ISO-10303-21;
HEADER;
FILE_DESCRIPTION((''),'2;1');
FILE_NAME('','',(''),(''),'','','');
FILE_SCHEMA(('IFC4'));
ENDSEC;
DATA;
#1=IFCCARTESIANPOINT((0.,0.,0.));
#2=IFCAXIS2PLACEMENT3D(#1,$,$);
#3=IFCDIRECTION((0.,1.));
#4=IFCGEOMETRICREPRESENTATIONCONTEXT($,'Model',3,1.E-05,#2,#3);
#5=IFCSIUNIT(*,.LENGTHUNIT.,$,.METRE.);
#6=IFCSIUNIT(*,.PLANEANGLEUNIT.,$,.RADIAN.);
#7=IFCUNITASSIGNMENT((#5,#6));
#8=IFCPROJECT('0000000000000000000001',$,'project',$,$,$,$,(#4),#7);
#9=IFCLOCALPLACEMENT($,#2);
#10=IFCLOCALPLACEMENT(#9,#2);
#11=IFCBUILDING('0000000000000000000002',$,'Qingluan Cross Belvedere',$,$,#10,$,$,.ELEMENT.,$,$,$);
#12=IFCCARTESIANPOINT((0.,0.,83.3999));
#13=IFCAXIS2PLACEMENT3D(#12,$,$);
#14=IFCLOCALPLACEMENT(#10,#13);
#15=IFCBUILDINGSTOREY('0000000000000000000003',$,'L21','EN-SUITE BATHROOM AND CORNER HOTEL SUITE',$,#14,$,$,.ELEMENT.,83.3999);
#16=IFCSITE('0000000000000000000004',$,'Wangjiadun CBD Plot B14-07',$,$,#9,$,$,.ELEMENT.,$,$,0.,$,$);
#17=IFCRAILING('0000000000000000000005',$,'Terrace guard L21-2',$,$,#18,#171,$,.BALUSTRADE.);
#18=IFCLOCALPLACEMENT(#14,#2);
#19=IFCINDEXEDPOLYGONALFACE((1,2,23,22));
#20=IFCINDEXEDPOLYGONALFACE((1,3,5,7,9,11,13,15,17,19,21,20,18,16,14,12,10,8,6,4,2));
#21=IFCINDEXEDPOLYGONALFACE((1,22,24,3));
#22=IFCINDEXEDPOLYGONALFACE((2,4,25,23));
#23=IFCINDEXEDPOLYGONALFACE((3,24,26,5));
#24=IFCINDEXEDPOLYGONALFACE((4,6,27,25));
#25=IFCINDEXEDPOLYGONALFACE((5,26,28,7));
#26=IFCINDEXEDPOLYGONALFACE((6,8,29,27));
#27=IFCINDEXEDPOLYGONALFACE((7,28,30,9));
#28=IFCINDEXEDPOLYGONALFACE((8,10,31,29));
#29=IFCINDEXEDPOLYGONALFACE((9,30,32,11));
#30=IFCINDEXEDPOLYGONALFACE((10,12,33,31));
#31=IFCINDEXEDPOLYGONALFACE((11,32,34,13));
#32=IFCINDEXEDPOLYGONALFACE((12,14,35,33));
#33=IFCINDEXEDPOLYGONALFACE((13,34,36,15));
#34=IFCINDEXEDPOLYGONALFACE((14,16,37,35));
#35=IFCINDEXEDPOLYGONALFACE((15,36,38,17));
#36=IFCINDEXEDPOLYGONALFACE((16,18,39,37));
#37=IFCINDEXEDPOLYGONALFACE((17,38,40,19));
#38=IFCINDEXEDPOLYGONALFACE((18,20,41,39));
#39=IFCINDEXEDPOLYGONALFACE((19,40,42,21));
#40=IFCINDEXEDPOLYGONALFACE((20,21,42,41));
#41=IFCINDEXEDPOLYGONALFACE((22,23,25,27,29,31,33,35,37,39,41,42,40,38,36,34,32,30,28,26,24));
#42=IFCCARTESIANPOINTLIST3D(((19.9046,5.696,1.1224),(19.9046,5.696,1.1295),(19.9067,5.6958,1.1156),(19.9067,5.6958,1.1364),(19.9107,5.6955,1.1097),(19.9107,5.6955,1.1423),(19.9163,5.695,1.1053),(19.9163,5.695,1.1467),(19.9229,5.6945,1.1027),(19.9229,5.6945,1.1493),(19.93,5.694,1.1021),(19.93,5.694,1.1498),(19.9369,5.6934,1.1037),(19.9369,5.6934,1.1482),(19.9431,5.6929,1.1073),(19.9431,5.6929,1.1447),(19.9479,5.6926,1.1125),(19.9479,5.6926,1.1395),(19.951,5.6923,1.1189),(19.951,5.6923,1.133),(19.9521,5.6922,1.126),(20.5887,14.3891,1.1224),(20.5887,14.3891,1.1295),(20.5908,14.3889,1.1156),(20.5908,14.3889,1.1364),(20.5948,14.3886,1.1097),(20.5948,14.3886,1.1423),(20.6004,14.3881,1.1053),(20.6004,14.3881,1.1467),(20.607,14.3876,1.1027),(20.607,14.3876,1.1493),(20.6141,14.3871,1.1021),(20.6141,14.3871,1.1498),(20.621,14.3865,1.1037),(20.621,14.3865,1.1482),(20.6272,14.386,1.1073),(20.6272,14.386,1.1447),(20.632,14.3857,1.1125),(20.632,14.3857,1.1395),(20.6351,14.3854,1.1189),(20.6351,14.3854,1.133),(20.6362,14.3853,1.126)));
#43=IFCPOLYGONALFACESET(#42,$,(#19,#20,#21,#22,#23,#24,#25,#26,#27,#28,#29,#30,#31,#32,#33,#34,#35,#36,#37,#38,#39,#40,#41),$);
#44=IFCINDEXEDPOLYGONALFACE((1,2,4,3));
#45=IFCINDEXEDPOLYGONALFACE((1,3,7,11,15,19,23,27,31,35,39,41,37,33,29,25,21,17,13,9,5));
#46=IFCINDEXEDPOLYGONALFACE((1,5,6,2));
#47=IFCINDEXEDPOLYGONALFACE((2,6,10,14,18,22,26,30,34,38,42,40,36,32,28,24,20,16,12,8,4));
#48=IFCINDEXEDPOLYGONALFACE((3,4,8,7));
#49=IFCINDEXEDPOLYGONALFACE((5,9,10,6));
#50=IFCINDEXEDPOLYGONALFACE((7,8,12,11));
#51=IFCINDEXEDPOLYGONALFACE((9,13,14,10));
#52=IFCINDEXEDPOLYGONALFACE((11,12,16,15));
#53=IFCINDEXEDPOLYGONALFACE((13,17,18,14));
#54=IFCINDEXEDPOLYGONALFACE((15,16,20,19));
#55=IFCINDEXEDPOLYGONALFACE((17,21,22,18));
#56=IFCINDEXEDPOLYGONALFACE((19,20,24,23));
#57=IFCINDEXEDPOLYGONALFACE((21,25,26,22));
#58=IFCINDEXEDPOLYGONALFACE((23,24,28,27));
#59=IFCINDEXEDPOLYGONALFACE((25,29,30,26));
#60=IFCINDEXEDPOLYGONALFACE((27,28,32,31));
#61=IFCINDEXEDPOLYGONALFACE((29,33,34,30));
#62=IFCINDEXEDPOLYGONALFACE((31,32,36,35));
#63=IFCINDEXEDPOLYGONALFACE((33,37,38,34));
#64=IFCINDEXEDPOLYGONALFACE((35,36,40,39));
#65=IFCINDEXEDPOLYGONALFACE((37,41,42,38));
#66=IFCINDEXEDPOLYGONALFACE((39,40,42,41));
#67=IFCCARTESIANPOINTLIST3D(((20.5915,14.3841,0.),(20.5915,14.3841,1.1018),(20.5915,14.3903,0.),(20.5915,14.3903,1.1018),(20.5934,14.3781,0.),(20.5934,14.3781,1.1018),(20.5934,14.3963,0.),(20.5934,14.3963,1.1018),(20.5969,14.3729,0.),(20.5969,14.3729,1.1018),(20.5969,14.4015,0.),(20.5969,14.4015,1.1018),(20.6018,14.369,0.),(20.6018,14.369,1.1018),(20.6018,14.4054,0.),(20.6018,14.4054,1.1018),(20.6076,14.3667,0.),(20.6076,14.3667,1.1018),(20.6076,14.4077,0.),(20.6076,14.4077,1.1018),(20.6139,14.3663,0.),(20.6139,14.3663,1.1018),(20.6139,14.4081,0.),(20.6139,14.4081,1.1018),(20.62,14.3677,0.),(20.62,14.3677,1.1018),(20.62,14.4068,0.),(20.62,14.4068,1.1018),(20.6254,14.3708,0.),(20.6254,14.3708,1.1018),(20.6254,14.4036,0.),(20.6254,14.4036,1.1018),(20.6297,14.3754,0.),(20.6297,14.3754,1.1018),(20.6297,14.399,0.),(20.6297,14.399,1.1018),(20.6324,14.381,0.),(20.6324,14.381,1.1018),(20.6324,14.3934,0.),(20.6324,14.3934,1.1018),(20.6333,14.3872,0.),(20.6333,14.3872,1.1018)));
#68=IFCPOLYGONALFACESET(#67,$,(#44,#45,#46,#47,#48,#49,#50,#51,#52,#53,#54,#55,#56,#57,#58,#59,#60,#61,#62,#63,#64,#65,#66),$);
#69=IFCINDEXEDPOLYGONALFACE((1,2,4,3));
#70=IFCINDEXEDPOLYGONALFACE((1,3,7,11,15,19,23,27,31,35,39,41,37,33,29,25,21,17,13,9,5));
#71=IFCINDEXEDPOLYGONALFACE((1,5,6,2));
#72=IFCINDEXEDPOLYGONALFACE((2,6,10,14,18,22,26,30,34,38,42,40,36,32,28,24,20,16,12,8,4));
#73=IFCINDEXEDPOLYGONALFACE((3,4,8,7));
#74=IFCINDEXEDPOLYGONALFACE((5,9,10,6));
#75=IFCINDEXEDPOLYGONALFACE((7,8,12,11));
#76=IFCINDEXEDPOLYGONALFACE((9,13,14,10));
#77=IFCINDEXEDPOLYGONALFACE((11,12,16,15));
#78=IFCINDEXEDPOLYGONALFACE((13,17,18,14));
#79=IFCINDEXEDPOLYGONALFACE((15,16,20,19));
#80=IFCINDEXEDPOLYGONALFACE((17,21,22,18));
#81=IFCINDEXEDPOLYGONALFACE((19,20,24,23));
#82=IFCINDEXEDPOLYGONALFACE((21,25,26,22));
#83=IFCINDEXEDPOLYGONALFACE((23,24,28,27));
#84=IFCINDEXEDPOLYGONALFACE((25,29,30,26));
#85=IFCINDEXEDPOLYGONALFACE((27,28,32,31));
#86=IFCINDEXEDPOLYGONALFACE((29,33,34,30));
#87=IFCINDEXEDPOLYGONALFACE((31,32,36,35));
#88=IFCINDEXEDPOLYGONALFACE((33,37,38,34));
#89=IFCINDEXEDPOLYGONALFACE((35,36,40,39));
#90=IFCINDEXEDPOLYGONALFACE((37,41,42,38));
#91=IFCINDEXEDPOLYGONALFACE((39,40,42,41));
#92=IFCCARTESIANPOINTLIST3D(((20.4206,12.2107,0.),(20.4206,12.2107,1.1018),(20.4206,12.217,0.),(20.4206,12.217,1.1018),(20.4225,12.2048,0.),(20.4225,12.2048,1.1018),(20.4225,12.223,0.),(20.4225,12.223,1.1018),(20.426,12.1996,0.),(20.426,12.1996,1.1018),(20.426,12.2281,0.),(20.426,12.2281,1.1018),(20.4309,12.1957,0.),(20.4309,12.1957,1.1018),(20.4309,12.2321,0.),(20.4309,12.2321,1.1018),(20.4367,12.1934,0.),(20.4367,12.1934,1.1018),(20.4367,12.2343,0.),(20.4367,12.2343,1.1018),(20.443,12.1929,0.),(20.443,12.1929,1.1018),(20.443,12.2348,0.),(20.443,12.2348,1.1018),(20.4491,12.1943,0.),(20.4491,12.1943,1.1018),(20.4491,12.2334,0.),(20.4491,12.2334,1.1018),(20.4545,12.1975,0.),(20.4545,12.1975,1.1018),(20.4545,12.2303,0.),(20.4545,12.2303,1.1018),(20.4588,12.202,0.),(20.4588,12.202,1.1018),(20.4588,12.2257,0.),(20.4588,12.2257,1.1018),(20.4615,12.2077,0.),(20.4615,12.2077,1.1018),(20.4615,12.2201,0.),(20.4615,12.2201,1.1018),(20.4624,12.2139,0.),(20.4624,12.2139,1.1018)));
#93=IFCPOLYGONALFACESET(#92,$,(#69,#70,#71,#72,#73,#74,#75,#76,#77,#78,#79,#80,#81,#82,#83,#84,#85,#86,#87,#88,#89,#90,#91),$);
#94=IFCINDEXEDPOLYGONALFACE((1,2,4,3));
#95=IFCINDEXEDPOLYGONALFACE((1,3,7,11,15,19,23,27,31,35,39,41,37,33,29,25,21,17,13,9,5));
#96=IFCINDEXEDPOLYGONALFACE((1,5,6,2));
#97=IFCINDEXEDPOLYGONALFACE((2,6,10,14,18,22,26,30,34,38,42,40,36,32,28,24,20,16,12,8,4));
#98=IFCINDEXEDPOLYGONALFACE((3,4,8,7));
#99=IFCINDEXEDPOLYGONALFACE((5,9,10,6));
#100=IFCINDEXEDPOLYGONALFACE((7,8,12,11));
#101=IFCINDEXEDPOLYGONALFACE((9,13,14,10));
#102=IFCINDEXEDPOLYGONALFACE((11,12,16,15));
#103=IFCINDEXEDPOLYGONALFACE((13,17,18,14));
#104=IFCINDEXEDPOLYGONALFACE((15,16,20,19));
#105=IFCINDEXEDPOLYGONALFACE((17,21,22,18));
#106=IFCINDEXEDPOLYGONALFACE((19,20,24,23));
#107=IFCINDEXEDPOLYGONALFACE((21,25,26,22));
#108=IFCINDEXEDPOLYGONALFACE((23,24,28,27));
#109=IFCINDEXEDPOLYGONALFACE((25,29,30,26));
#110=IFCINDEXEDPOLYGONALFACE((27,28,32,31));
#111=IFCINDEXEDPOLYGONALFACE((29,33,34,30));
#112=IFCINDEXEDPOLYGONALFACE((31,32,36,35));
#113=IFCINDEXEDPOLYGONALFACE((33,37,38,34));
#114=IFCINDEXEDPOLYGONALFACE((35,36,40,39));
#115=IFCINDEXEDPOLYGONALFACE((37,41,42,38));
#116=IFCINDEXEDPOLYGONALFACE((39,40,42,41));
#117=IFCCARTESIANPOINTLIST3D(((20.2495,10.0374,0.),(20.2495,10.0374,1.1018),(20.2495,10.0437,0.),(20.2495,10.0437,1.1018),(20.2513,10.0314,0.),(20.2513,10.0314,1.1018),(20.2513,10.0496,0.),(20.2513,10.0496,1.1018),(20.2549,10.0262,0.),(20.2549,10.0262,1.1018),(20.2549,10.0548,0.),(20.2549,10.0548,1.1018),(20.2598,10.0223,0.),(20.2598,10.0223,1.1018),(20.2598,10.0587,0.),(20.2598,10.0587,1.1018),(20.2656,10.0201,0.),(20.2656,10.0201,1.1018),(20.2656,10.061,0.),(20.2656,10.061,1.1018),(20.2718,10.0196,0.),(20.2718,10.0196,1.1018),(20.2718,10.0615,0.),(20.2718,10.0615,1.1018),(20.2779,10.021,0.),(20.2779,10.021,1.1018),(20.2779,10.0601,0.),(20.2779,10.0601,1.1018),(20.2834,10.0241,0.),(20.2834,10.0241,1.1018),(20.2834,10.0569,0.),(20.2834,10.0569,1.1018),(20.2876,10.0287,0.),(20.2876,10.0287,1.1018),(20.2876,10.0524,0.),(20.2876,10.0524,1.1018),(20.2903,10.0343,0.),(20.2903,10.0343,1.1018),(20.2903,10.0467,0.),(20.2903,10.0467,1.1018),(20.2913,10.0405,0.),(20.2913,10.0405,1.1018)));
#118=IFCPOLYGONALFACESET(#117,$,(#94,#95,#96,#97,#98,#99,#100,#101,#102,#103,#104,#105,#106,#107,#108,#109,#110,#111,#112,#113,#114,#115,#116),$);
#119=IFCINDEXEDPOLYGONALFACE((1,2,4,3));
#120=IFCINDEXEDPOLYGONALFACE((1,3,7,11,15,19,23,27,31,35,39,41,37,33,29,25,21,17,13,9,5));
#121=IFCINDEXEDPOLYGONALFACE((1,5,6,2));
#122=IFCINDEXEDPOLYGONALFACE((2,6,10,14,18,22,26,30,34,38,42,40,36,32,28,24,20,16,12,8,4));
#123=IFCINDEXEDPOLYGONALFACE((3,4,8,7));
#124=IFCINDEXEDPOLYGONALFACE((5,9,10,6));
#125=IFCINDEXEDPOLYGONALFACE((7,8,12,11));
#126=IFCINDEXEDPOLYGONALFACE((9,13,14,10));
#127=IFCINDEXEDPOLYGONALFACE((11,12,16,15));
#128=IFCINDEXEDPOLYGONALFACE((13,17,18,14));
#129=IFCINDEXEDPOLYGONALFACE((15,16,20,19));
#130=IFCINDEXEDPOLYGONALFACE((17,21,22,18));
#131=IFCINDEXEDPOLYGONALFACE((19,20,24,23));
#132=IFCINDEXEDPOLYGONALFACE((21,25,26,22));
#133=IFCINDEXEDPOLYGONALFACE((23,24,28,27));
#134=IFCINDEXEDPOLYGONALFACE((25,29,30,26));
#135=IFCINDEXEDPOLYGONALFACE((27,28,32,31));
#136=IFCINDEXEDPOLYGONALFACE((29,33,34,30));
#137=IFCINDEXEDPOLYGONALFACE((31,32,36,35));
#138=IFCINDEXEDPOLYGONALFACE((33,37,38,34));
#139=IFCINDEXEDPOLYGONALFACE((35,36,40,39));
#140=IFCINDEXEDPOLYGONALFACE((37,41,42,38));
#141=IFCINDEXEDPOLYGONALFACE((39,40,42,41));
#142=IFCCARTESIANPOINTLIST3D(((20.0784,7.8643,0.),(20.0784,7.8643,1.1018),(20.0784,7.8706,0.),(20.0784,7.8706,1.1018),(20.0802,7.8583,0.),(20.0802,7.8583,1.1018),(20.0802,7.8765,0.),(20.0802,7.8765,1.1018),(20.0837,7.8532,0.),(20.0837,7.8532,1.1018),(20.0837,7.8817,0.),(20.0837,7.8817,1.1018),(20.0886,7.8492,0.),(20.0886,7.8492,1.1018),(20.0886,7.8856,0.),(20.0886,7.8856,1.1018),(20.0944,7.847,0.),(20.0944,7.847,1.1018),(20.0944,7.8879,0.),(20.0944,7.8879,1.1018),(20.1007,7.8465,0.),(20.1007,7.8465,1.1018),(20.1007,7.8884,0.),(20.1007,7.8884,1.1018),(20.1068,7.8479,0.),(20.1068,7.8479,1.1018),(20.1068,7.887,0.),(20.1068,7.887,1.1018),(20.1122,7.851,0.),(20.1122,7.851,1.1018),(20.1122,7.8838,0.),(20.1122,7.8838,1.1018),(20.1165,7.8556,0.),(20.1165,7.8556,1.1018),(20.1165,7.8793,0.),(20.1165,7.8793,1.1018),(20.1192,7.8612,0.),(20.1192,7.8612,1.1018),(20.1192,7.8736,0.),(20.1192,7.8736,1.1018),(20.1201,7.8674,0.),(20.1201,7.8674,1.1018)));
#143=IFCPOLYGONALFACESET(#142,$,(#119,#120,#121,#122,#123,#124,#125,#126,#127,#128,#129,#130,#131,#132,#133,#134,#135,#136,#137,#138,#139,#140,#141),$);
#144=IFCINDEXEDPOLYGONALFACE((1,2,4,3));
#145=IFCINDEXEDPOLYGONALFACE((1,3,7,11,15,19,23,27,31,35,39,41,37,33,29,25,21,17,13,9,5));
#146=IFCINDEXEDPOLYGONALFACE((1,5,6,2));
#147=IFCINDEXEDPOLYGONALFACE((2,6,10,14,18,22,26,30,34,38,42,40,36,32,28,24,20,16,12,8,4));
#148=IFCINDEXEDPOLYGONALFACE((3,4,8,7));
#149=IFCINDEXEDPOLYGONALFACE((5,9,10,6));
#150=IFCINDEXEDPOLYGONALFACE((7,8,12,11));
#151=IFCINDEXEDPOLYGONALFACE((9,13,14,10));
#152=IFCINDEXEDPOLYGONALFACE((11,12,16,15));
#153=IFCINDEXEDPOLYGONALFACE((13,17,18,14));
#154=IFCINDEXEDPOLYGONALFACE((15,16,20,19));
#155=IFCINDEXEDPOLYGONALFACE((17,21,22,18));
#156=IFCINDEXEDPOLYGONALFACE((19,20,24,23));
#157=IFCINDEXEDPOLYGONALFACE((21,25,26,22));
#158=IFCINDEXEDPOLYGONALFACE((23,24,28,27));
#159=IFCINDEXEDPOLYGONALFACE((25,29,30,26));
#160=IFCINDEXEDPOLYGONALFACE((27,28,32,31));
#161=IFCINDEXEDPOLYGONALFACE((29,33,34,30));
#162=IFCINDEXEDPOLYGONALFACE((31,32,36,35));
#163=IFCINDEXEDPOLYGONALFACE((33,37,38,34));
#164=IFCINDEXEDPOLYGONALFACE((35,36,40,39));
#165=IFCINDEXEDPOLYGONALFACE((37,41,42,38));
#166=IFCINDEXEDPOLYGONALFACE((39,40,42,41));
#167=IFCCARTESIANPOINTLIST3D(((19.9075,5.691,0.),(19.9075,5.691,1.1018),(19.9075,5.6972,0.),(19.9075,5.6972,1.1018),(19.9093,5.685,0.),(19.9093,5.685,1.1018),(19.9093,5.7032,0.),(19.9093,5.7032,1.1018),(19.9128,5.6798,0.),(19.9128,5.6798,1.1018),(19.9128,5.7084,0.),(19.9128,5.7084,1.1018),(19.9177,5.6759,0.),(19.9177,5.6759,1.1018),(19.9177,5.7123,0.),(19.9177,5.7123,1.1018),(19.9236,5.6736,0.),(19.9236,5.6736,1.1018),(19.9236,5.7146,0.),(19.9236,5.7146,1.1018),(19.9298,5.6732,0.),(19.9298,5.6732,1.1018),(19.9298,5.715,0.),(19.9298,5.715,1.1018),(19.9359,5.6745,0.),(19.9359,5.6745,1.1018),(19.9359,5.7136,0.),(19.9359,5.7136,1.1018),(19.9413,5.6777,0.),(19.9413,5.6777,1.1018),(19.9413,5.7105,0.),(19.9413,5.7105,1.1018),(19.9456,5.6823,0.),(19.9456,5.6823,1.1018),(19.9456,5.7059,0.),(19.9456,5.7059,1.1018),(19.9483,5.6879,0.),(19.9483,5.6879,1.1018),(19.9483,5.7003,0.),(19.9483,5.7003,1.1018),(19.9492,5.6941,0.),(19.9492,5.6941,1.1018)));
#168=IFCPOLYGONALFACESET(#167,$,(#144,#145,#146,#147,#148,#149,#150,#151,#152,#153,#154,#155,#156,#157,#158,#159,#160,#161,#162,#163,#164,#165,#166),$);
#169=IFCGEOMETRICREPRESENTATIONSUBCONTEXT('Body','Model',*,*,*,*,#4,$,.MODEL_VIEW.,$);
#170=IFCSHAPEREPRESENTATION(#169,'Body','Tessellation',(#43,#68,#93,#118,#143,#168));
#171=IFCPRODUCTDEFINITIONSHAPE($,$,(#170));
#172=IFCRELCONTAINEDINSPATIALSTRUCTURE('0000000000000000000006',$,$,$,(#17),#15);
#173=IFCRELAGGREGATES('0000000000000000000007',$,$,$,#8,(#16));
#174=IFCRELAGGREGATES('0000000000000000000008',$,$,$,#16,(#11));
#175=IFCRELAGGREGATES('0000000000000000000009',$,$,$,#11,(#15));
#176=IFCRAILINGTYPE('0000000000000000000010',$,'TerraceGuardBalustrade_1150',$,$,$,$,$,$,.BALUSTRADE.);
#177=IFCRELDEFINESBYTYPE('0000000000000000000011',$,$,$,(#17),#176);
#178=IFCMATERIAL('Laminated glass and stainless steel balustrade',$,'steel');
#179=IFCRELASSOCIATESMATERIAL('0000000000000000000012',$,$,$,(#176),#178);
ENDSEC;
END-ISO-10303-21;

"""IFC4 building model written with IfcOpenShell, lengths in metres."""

from ifc_helpers import new_model, si_unit, direction, frame, origin, origin_2d, place, context, subcontext, project, spatial, circle, extrude, material, type_object, element, save


model = new_model("IFC4")

# Units and contexts
model_context = context("Model", 3, precision=1e-05, world=origin(), true_north=direction((0.0, 1.0)))
body_context = subcontext(model_context, "Body", "Model", "MODEL_VIEW")
ifc_project = project(units=[si_unit("LENGTHUNIT", "METRE"), si_unit("PLANEANGLEUNIT", "RADIAN")], contexts=[model_context])

# Site, building, storey
site_placement = place(None, origin())
site = spatial("IfcSite", under=ifc_project, at=site_placement, Name="Wangjiadun CBD Plot B14-07", CompositionType="ELEMENT", RefElevation=0.0)
building_placement = place(site_placement, origin())
building = spatial("IfcBuilding", under=site, at=building_placement, Name="Qingluan Cross Belvedere", CompositionType="ELEMENT")
storey_placement = place(building_placement, frame((0.0, 0.0, 83.3999)))
storey = spatial("IfcBuildingStorey", under=building, at=storey_placement, Name="L21", Description="EN-SUITE BATHROOM AND CORNER HOTEL SUITE", CompositionType="ELEMENT", Elevation=83.3999)

# Railing
ifc_material_1 = material(Name="Laminated glass and stainless steel balustrade", Category="steel")
railing_type = type_object("IfcRailingType", Name="TerraceGuardBalustrade_1150", PredefinedType="BALUSTRADE", material=ifc_material_1)
railing_1_placement = place(storey_placement, frame((20.6123, 14.3872, 0.0)))
element("IfcRailing", 1, at=railing_1_placement, inside=storey, type_object=railing_type, Name="Terrace guard L21-2", PredefinedType="BALUSTRADE", context=body_context, shape_type="SweptSolid", body=[
    extrude(circle(Radius=0.0239, at=origin_2d()), frame((0.0, 0.0, 1.126), z_axis=(-0.07845, -0.996918, 0.0), x_axis=(0.996918, -0.07845, 0.0)), (0.0, 0.0, 1.0), 8.72),
    extrude(circle(Radius=0.021, at=origin_2d()), origin(), (0.0, 0.0, 1.0), 1.1018),
    extrude(circle(Radius=0.021, at=origin_2d()), frame((-0.1709, -2.1733, 0.0)), (0.0, 0.0, 1.0), 1.1018),
    extrude(circle(Radius=0.021, at=origin_2d()), frame((-0.342, -4.3467, 0.0)), (0.0, 0.0, 1.0), 1.1018),
    extrude(circle(Radius=0.021, at=origin_2d()), frame((-0.5132, -6.5198, 0.0)), (0.0, 0.0, 1.0), 1.1018),
    extrude(circle(Radius=0.021, at=origin_2d()), frame((-0.6841, -8.6931, 0.0)), (0.0, 0.0, 1.0), 1.1018),
])

save(model, "model.ifc")
